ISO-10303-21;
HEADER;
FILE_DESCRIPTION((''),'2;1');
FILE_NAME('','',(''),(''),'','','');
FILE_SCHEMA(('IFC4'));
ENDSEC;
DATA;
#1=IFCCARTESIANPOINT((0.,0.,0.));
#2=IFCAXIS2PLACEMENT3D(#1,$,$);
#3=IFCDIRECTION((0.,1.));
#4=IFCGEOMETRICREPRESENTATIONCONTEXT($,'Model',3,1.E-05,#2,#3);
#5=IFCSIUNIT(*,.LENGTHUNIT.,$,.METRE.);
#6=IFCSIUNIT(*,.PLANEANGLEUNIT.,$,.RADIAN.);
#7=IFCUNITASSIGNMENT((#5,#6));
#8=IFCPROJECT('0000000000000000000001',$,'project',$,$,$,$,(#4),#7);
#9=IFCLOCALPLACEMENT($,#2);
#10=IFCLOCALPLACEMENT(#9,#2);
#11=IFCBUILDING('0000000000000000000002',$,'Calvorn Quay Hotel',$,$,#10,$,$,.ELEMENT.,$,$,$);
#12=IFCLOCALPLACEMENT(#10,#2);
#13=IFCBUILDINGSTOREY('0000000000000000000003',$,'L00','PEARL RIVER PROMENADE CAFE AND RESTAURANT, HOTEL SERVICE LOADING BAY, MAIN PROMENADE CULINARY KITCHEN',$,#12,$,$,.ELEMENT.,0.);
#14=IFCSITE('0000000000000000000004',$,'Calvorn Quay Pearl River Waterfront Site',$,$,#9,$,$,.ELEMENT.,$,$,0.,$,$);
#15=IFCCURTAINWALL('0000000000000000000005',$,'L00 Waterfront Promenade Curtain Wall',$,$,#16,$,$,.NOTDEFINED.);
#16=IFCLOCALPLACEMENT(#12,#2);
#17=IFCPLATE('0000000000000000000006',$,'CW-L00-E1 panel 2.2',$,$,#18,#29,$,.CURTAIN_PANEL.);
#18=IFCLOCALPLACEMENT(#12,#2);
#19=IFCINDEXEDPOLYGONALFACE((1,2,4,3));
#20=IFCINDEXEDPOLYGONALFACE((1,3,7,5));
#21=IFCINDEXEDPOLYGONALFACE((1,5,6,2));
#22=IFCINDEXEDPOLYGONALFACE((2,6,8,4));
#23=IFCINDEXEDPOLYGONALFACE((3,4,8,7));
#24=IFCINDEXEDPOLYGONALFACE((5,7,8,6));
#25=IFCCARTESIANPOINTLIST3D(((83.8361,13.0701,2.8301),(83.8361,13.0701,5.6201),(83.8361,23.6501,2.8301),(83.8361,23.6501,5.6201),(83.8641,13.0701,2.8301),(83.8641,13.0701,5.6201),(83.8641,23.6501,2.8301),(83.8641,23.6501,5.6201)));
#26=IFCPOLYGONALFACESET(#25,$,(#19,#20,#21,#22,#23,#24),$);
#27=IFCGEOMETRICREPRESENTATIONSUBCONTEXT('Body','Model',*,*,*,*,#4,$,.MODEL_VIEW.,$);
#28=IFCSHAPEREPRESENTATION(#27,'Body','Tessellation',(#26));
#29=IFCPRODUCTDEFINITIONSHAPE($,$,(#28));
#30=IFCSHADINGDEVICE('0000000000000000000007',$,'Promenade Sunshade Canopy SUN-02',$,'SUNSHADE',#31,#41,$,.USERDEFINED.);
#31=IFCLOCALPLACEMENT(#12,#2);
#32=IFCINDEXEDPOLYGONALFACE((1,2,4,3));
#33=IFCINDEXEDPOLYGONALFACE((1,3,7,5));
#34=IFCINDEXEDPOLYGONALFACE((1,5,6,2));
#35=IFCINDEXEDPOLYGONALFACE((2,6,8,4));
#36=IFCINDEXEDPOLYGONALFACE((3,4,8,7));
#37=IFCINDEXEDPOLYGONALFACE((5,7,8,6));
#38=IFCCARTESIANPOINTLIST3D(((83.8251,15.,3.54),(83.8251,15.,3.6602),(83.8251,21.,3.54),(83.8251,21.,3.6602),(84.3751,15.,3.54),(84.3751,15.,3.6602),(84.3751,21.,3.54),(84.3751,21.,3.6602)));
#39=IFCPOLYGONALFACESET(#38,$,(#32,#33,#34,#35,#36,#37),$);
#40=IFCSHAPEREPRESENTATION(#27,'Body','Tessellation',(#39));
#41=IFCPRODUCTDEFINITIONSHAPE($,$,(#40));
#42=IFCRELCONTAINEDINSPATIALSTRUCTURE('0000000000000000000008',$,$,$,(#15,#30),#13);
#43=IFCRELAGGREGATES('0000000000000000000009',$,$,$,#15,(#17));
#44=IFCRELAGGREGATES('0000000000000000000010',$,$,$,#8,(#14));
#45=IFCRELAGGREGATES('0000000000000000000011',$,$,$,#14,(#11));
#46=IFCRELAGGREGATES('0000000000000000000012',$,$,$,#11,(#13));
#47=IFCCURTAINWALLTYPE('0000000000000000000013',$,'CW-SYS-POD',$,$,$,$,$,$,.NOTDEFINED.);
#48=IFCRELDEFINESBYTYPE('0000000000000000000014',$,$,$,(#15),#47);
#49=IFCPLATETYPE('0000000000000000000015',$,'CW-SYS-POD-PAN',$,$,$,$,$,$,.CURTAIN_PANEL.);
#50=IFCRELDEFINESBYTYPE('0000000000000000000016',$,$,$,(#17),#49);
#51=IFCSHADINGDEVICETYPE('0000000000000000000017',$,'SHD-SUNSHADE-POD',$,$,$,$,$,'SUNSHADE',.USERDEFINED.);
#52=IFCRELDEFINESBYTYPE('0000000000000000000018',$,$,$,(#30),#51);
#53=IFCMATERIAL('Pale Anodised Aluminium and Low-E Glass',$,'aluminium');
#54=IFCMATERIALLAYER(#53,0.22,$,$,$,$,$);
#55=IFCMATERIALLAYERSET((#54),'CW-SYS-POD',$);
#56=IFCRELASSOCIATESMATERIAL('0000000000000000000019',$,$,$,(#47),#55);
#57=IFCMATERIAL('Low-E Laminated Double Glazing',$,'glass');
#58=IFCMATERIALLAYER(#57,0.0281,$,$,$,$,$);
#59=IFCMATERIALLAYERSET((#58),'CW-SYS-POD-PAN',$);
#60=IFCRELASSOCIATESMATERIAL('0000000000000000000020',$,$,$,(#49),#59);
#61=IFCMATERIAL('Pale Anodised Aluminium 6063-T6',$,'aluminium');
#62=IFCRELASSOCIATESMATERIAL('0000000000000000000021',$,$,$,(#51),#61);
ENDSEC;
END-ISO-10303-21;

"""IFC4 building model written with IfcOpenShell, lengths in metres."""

from ifc_helpers import new_model, si_unit, direction, frame, origin, origin_2d, place, context, subcontext, project, spatial, rectangle, extrude, material, layer, layer_set, type_object, element, aggregate, save


model = new_model("IFC4")

# Units and contexts
model_context = context("Model", 3, precision=1e-05, world=origin(), true_north=direction((0.0, 1.0)))
body_context = subcontext(model_context, "Body", "Model", "MODEL_VIEW")
ifc_project = project(units=[si_unit("LENGTHUNIT", "METRE"), si_unit("PLANEANGLEUNIT", "RADIAN")], contexts=[model_context])

# Site, building, storey
site_placement = place(None, origin())
site = spatial("IfcSite", under=ifc_project, at=site_placement, Name="Calvorn Quay Pearl River Waterfront Site", CompositionType="ELEMENT", RefElevation=0.0)
building_placement = place(site_placement, origin())
building = spatial("IfcBuilding", under=site, at=building_placement, Name="Calvorn Quay Hotel", CompositionType="ELEMENT")
storey_placement = place(building_placement, origin())
storey = spatial("IfcBuildingStorey", under=building, at=storey_placement, Name="L00", Description="PEARL RIVER PROMENADE CAFE AND RESTAURANT, HOTEL SERVICE LOADING BAY, MAIN PROMENADE CULINARY KITCHEN", CompositionType="ELEMENT", Elevation=0.0)

# Curtain wall, plate
ifc_material_1 = material(Name="Pale Anodised Aluminium and Low-E Glass", Category="aluminium")
ifc_layer_1 = layer(ifc_material_1, 0.22)
ifc_layer_set_1 = layer_set([ifc_layer_1], Name="CW-SYS-POD")
curtain_wall_type = type_object("IfcCurtainWallType", Name="CW-SYS-POD", PredefinedType="NOTDEFINED", material=ifc_layer_set_1)
curtain_wall_placement = place(storey_placement, origin())
curtain_wall = element("IfcCurtainWall", 1, at=curtain_wall_placement, inside=storey, type_object=curtain_wall_type, Name="L00 Waterfront Promenade Curtain Wall", PredefinedType="NOTDEFINED")
ifc_material_2 = material(Name="Low-E Laminated Double Glazing", Category="glass")
ifc_layer_2 = layer(ifc_material_2, 0.0281)
ifc_layer_set_2 = layer_set([ifc_layer_2], Name="CW-SYS-POD-PAN")
plate_type = type_object("IfcPlateType", Name="CW-SYS-POD-PAN", PredefinedType="CURTAIN_PANEL", material=ifc_layer_set_2)
plate_1_placement = place(storey_placement, frame((83.8501, 18.3601, 2.8301), z_axis=(0.0, 0.0, 1.0), x_axis=(0.0, 1.0, 0.0)))
plate_1 = element("IfcPlate", 2, at=plate_1_placement, type_object=plate_type, Name="CW-L00-E1 panel 2.2", PredefinedType="CURTAIN_PANEL", context=body_context, shape_type="SweptSolid", body=[
    extrude(rectangle(XDim=10.5801, YDim=0.0281, at=origin_2d()), origin(), (0.0, 0.0, 1.0), 2.79),
])
aggregate(curtain_wall, [plate_1])

# Shading device
ifc_material_3 = material(Name="Pale Anodised Aluminium 6063-T6", Category="aluminium")
shading_device_type = type_object("IfcShadingDeviceType", Name="SHD-SUNSHADE-POD", ElementType="SUNSHADE", PredefinedType="USERDEFINED", material=ifc_material_3)
shading_device_placement = place(storey_placement, frame((84.1001, 18.0, 3.54), z_axis=(0.0, 0.0, 1.0), x_axis=(1.0, 0.0, 0.0)))
element("IfcShadingDevice", 3, at=shading_device_placement, inside=storey, type_object=shading_device_type, Name="Promenade Sunshade Canopy SUN-02", ObjectType="SUNSHADE", PredefinedType="USERDEFINED", context=body_context, shape_type="SweptSolid", body=[
    extrude(rectangle(XDim=0.55, YDim=6.0, at=origin_2d()), origin(), (0.0, 0.0, 1.0), 0.1201),
])

save(model, "model.ifc")
